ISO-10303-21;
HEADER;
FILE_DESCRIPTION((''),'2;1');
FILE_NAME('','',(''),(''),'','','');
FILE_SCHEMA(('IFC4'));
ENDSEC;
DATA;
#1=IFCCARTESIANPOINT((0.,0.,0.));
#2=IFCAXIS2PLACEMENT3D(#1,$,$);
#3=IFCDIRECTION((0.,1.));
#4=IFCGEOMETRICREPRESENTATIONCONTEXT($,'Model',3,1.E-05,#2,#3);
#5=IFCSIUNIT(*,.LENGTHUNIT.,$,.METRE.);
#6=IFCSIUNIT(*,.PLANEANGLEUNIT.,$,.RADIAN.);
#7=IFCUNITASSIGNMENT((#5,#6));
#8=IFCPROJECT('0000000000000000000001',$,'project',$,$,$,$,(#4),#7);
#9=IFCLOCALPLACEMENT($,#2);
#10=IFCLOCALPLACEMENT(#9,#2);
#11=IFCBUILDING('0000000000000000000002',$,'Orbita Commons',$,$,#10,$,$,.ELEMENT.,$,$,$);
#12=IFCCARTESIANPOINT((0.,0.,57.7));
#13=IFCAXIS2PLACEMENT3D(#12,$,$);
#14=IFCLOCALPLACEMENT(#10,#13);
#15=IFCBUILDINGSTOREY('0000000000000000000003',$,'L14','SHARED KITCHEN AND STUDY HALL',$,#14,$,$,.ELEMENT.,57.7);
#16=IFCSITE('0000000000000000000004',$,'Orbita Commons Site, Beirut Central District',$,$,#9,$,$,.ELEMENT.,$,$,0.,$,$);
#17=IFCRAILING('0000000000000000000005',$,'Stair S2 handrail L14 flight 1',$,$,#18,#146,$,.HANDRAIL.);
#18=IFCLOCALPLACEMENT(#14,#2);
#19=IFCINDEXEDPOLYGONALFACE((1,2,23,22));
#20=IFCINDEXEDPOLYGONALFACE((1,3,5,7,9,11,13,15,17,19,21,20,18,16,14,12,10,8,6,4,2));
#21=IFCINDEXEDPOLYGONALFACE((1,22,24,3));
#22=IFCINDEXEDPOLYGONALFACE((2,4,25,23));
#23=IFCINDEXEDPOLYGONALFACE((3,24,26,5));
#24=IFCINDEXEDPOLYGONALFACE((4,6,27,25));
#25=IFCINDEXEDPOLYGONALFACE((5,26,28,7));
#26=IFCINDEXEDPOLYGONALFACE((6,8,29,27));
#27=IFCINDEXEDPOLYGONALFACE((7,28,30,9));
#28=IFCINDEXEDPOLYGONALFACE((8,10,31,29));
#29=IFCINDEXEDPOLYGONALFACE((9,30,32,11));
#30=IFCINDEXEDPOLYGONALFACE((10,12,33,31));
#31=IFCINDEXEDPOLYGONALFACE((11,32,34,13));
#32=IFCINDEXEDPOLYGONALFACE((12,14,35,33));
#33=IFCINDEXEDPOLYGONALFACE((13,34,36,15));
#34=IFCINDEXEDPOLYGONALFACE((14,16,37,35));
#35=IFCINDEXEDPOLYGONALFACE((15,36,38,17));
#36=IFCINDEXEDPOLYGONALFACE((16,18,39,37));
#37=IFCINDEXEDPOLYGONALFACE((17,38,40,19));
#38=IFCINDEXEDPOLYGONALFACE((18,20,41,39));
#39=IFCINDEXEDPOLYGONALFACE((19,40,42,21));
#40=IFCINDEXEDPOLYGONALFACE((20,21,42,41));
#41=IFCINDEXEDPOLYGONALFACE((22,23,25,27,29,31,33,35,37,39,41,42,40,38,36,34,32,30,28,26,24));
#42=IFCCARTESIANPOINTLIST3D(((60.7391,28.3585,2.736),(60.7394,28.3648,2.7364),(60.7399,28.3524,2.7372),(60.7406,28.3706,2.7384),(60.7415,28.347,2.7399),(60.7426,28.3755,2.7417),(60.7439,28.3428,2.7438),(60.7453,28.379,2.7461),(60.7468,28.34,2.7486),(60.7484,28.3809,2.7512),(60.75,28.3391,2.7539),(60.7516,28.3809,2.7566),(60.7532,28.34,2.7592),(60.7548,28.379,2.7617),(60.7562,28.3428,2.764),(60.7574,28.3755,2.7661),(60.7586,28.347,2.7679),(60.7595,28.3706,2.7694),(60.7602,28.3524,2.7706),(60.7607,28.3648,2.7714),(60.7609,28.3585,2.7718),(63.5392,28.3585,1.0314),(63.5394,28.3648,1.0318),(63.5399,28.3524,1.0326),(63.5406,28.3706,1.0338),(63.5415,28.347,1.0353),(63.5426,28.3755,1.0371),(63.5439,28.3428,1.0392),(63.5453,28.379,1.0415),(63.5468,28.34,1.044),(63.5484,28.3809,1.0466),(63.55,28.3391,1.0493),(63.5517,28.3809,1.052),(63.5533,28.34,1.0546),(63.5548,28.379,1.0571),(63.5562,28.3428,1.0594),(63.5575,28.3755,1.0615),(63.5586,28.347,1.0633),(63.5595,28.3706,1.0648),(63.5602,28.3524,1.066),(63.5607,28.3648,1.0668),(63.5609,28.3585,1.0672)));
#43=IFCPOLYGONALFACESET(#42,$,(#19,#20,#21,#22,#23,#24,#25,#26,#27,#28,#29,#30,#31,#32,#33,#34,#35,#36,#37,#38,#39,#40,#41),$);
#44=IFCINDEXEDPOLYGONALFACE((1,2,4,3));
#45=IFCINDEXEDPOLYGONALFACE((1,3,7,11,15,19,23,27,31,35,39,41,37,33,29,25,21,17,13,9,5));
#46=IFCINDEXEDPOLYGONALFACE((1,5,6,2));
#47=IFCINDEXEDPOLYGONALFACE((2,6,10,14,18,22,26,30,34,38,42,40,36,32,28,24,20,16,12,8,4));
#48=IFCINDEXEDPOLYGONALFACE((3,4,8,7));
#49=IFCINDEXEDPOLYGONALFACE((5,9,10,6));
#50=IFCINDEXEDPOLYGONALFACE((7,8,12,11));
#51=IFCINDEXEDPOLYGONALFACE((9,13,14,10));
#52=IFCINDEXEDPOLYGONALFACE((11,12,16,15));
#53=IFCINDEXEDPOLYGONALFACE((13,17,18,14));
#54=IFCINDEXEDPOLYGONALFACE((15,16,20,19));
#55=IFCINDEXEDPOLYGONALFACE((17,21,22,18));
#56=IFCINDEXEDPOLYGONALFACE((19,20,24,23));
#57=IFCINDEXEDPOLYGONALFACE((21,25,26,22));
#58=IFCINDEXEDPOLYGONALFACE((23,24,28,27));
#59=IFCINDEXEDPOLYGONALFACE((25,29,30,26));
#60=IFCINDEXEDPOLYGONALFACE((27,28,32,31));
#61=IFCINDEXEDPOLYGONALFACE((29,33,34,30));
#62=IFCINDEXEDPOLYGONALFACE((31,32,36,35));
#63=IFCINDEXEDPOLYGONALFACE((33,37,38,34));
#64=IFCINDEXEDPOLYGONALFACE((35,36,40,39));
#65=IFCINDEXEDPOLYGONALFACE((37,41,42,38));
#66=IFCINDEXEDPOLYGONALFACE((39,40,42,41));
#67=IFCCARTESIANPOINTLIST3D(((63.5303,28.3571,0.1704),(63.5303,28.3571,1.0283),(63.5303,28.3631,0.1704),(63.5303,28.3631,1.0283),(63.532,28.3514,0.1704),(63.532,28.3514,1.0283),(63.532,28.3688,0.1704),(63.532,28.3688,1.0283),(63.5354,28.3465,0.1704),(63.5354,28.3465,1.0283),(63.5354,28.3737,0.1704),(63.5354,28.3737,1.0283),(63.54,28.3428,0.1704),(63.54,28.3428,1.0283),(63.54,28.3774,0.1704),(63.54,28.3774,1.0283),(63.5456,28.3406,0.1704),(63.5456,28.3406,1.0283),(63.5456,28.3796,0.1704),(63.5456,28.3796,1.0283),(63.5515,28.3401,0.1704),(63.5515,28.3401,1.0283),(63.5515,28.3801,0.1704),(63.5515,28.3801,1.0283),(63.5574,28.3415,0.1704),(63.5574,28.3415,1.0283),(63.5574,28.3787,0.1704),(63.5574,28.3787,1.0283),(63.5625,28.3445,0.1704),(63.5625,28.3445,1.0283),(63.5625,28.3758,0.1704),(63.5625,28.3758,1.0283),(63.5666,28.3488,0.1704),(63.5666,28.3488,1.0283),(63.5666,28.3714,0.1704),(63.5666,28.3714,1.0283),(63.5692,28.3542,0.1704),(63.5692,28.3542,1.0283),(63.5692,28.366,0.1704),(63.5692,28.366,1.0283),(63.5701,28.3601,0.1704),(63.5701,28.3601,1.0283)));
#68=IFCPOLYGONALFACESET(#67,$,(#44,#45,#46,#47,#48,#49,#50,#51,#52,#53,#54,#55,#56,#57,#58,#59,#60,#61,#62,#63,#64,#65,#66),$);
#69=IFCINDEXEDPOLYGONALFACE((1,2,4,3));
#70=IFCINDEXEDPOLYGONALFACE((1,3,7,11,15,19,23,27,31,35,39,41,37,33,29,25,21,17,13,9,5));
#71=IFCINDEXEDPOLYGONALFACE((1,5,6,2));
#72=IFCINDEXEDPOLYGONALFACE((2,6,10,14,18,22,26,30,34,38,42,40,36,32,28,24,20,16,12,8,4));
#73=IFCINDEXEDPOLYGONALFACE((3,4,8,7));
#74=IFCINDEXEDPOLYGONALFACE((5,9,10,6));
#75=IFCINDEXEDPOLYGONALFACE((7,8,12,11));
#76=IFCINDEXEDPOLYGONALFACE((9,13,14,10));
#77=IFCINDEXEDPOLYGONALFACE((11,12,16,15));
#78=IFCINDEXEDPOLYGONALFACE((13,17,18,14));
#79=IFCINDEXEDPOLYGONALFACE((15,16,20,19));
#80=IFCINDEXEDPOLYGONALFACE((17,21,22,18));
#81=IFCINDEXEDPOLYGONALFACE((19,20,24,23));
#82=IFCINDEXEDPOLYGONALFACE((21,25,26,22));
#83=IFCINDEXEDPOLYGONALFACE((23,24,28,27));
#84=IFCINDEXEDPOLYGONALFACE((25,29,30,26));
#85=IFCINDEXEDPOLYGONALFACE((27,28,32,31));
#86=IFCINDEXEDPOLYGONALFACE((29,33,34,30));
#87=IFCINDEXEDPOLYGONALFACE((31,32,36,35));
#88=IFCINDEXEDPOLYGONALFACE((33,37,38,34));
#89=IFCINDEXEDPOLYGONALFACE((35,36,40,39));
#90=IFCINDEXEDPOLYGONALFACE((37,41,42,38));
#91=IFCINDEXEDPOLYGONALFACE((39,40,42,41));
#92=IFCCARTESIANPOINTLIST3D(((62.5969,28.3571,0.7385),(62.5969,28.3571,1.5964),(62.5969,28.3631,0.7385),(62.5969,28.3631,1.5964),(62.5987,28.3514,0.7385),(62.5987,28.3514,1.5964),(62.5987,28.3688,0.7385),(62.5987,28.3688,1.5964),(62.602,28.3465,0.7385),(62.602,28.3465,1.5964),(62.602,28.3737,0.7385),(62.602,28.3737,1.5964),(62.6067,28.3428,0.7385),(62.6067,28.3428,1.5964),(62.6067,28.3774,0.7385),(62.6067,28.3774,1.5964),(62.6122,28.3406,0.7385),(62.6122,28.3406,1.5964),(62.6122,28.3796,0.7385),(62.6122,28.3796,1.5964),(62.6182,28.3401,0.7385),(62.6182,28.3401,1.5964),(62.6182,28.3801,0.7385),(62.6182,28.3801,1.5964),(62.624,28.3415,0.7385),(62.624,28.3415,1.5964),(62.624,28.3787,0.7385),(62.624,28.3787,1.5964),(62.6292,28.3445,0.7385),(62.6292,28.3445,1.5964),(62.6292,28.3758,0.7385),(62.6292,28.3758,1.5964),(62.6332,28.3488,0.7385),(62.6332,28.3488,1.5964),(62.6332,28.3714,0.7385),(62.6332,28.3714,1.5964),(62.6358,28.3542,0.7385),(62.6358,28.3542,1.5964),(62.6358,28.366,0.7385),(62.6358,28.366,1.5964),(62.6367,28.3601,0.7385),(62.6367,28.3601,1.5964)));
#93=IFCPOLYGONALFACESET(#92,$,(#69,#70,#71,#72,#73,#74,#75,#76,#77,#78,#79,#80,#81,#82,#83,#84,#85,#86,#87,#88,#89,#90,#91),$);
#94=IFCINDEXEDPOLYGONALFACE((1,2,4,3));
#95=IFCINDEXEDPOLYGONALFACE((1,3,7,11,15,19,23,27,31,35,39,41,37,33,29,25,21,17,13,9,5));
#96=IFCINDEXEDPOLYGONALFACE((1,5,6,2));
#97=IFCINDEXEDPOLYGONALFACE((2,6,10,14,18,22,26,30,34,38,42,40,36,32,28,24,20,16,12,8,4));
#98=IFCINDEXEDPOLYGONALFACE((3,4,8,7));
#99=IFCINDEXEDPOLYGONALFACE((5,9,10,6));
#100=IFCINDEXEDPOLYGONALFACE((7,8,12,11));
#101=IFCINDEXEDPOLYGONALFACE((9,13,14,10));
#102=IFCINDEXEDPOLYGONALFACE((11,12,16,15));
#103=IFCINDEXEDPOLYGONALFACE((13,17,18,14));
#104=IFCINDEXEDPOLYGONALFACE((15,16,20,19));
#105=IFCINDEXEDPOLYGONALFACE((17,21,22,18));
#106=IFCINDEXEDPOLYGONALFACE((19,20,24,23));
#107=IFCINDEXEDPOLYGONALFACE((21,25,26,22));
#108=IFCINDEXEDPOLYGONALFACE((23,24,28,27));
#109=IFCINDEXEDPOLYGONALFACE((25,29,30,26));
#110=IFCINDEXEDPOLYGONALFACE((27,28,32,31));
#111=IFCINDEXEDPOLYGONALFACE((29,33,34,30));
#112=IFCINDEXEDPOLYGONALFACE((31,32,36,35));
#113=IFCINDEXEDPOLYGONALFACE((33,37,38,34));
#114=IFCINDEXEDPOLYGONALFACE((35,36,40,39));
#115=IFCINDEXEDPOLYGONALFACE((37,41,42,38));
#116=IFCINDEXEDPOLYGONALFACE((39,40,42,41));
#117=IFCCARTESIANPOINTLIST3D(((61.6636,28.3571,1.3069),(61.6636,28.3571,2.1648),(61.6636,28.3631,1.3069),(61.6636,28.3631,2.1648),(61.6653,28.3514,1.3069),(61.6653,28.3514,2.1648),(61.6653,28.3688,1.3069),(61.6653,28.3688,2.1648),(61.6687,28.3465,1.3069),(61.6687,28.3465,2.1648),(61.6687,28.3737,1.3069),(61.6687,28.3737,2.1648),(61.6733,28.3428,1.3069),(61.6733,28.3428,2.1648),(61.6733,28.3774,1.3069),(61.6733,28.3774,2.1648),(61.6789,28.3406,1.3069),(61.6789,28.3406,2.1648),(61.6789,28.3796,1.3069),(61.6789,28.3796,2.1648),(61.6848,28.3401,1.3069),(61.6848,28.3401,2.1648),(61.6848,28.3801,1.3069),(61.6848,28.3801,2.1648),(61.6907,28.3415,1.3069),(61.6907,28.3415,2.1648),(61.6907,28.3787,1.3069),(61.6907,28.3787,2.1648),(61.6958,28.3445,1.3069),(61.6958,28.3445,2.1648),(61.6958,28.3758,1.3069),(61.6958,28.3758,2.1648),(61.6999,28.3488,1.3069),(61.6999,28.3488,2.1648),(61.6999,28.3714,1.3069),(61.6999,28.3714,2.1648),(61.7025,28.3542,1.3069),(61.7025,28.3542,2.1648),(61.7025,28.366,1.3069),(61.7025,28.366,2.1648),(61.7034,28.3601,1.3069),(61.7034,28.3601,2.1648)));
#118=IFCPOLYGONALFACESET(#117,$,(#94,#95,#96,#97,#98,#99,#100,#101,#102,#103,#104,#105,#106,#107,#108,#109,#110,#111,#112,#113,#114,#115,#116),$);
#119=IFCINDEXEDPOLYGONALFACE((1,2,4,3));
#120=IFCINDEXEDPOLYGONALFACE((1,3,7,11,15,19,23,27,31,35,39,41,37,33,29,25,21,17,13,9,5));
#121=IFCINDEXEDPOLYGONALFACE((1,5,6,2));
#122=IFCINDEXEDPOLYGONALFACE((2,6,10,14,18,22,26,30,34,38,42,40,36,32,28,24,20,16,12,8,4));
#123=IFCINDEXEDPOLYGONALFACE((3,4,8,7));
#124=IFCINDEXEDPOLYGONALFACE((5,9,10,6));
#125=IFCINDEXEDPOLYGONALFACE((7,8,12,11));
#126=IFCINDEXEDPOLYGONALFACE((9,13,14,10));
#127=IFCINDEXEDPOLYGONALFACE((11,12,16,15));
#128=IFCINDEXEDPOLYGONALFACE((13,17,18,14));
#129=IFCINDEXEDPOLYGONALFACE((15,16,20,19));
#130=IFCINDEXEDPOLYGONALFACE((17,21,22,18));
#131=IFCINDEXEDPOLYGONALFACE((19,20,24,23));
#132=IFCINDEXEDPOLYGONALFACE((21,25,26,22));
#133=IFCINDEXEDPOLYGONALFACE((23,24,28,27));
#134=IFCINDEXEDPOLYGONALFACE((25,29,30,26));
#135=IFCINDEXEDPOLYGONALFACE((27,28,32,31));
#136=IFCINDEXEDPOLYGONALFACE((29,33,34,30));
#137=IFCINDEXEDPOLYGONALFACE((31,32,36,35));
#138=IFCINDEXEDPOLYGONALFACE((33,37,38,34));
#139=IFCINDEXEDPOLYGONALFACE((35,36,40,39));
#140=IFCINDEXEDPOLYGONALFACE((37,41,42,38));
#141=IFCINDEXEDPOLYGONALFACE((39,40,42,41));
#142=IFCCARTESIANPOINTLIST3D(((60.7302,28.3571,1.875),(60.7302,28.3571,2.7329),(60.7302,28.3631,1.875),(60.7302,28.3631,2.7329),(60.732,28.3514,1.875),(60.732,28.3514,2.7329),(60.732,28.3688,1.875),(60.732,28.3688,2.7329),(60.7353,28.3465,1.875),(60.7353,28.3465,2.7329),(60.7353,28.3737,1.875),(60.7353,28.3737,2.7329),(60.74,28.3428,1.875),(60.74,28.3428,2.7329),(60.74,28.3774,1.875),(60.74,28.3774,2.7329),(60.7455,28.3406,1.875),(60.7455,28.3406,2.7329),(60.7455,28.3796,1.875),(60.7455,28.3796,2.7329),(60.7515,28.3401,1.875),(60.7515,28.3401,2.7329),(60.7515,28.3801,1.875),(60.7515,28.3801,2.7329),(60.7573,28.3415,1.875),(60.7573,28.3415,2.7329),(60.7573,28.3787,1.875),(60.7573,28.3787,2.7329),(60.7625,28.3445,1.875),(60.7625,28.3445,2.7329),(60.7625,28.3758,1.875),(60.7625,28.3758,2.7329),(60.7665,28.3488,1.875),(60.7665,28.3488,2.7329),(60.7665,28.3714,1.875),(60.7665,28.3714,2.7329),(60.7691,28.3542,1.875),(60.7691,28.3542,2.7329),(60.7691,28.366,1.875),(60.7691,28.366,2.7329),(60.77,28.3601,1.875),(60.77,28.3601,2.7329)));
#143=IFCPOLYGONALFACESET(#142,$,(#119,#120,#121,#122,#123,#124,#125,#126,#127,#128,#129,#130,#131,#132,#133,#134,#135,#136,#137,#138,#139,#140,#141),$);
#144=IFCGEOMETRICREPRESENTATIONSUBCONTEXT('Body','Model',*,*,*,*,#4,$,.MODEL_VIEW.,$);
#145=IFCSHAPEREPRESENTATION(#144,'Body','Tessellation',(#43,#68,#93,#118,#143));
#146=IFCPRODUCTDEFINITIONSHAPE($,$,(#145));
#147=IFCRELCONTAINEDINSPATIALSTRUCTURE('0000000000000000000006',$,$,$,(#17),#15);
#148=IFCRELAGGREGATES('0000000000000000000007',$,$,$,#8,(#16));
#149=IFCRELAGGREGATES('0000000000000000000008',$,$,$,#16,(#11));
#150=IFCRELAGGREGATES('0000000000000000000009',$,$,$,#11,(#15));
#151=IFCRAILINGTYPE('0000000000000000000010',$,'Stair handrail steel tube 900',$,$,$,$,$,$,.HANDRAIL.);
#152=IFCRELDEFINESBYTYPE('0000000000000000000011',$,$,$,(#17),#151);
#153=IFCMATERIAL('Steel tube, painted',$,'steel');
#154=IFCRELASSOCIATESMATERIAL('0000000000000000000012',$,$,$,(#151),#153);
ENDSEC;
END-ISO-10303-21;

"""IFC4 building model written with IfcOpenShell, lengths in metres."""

from ifc_helpers import new_model, si_unit, direction, frame, origin, origin_2d, place, context, subcontext, project, spatial, circle, extrude, material, type_object, element, save


model = new_model("IFC4")

# Units and contexts
model_context = context("Model", 3, precision=1e-05, world=origin(), true_north=direction((0.0, 1.0)))
body_context = subcontext(model_context, "Body", "Model", "MODEL_VIEW")
ifc_project = project(units=[si_unit("LENGTHUNIT", "METRE"), si_unit("PLANEANGLEUNIT", "RADIAN")], contexts=[model_context])

# Site, building, storey
site_placement = place(None, origin())
site = spatial("IfcSite", under=ifc_project, at=site_placement, Name="Orbita Commons Site, Beirut Central District", CompositionType="ELEMENT", RefElevation=0.0)
building_placement = place(site_placement, origin())
building = spatial("IfcBuilding", under=site, at=building_placement, Name="Orbita Commons", CompositionType="ELEMENT")
storey_placement = place(building_placement, frame((0.0, 0.0, 57.7)))
storey = spatial("IfcBuildingStorey", under=building, at=storey_placement, Name="L14", Description="SHARED KITCHEN AND STUDY HALL", CompositionType="ELEMENT", Elevation=57.7)

# Railing
ifc_material_1 = material(Name="Steel tube, painted", Category="steel")
railing_type = type_object("IfcRailingType", Name="Stair handrail steel tube 900", PredefinedType="HANDRAIL", material=ifc_material_1)
for number, where, name in (
    (1, (63.55, 28.3601, 0.1704), "Stair S2 handrail L14 flight 1"),
):
    element("IfcRailing", number, at=place(storey_placement, frame(where)), inside=storey, type_object=railing_type, Name=name, PredefinedType="HANDRAIL", context=body_context, shape_type="SweptSolid", body=[
        extrude(circle(Radius=0.021, at=origin_2d()), frame((0.0, 0.0, 0.8789), z_axis=(-0.85417, 0.0, 0.519994), x_axis=(0.0, -1.0, 0.0)), (0.0, 0.0, 1.0), 3.2781),
        extrude(circle(Radius=0.02, at=origin_2d()), origin(), (0.0, 0.0, 1.0), 0.8579),
        extrude(circle(Radius=0.02, at=origin_2d()), frame((-0.9333, 0.0, 0.5681)), (0.0, 0.0, 1.0), 0.8579),
        extrude(circle(Radius=0.02, at=origin_2d()), frame((-1.8667, 0.0, 1.1365)), (0.0, 0.0, 1.0), 0.8579),
        extrude(circle(Radius=0.02, at=origin_2d()), frame((-2.8, 0.0, 1.7046)), (0.0, 0.0, 1.0), 0.8579),
    ])

save(model, "model.ifc")
